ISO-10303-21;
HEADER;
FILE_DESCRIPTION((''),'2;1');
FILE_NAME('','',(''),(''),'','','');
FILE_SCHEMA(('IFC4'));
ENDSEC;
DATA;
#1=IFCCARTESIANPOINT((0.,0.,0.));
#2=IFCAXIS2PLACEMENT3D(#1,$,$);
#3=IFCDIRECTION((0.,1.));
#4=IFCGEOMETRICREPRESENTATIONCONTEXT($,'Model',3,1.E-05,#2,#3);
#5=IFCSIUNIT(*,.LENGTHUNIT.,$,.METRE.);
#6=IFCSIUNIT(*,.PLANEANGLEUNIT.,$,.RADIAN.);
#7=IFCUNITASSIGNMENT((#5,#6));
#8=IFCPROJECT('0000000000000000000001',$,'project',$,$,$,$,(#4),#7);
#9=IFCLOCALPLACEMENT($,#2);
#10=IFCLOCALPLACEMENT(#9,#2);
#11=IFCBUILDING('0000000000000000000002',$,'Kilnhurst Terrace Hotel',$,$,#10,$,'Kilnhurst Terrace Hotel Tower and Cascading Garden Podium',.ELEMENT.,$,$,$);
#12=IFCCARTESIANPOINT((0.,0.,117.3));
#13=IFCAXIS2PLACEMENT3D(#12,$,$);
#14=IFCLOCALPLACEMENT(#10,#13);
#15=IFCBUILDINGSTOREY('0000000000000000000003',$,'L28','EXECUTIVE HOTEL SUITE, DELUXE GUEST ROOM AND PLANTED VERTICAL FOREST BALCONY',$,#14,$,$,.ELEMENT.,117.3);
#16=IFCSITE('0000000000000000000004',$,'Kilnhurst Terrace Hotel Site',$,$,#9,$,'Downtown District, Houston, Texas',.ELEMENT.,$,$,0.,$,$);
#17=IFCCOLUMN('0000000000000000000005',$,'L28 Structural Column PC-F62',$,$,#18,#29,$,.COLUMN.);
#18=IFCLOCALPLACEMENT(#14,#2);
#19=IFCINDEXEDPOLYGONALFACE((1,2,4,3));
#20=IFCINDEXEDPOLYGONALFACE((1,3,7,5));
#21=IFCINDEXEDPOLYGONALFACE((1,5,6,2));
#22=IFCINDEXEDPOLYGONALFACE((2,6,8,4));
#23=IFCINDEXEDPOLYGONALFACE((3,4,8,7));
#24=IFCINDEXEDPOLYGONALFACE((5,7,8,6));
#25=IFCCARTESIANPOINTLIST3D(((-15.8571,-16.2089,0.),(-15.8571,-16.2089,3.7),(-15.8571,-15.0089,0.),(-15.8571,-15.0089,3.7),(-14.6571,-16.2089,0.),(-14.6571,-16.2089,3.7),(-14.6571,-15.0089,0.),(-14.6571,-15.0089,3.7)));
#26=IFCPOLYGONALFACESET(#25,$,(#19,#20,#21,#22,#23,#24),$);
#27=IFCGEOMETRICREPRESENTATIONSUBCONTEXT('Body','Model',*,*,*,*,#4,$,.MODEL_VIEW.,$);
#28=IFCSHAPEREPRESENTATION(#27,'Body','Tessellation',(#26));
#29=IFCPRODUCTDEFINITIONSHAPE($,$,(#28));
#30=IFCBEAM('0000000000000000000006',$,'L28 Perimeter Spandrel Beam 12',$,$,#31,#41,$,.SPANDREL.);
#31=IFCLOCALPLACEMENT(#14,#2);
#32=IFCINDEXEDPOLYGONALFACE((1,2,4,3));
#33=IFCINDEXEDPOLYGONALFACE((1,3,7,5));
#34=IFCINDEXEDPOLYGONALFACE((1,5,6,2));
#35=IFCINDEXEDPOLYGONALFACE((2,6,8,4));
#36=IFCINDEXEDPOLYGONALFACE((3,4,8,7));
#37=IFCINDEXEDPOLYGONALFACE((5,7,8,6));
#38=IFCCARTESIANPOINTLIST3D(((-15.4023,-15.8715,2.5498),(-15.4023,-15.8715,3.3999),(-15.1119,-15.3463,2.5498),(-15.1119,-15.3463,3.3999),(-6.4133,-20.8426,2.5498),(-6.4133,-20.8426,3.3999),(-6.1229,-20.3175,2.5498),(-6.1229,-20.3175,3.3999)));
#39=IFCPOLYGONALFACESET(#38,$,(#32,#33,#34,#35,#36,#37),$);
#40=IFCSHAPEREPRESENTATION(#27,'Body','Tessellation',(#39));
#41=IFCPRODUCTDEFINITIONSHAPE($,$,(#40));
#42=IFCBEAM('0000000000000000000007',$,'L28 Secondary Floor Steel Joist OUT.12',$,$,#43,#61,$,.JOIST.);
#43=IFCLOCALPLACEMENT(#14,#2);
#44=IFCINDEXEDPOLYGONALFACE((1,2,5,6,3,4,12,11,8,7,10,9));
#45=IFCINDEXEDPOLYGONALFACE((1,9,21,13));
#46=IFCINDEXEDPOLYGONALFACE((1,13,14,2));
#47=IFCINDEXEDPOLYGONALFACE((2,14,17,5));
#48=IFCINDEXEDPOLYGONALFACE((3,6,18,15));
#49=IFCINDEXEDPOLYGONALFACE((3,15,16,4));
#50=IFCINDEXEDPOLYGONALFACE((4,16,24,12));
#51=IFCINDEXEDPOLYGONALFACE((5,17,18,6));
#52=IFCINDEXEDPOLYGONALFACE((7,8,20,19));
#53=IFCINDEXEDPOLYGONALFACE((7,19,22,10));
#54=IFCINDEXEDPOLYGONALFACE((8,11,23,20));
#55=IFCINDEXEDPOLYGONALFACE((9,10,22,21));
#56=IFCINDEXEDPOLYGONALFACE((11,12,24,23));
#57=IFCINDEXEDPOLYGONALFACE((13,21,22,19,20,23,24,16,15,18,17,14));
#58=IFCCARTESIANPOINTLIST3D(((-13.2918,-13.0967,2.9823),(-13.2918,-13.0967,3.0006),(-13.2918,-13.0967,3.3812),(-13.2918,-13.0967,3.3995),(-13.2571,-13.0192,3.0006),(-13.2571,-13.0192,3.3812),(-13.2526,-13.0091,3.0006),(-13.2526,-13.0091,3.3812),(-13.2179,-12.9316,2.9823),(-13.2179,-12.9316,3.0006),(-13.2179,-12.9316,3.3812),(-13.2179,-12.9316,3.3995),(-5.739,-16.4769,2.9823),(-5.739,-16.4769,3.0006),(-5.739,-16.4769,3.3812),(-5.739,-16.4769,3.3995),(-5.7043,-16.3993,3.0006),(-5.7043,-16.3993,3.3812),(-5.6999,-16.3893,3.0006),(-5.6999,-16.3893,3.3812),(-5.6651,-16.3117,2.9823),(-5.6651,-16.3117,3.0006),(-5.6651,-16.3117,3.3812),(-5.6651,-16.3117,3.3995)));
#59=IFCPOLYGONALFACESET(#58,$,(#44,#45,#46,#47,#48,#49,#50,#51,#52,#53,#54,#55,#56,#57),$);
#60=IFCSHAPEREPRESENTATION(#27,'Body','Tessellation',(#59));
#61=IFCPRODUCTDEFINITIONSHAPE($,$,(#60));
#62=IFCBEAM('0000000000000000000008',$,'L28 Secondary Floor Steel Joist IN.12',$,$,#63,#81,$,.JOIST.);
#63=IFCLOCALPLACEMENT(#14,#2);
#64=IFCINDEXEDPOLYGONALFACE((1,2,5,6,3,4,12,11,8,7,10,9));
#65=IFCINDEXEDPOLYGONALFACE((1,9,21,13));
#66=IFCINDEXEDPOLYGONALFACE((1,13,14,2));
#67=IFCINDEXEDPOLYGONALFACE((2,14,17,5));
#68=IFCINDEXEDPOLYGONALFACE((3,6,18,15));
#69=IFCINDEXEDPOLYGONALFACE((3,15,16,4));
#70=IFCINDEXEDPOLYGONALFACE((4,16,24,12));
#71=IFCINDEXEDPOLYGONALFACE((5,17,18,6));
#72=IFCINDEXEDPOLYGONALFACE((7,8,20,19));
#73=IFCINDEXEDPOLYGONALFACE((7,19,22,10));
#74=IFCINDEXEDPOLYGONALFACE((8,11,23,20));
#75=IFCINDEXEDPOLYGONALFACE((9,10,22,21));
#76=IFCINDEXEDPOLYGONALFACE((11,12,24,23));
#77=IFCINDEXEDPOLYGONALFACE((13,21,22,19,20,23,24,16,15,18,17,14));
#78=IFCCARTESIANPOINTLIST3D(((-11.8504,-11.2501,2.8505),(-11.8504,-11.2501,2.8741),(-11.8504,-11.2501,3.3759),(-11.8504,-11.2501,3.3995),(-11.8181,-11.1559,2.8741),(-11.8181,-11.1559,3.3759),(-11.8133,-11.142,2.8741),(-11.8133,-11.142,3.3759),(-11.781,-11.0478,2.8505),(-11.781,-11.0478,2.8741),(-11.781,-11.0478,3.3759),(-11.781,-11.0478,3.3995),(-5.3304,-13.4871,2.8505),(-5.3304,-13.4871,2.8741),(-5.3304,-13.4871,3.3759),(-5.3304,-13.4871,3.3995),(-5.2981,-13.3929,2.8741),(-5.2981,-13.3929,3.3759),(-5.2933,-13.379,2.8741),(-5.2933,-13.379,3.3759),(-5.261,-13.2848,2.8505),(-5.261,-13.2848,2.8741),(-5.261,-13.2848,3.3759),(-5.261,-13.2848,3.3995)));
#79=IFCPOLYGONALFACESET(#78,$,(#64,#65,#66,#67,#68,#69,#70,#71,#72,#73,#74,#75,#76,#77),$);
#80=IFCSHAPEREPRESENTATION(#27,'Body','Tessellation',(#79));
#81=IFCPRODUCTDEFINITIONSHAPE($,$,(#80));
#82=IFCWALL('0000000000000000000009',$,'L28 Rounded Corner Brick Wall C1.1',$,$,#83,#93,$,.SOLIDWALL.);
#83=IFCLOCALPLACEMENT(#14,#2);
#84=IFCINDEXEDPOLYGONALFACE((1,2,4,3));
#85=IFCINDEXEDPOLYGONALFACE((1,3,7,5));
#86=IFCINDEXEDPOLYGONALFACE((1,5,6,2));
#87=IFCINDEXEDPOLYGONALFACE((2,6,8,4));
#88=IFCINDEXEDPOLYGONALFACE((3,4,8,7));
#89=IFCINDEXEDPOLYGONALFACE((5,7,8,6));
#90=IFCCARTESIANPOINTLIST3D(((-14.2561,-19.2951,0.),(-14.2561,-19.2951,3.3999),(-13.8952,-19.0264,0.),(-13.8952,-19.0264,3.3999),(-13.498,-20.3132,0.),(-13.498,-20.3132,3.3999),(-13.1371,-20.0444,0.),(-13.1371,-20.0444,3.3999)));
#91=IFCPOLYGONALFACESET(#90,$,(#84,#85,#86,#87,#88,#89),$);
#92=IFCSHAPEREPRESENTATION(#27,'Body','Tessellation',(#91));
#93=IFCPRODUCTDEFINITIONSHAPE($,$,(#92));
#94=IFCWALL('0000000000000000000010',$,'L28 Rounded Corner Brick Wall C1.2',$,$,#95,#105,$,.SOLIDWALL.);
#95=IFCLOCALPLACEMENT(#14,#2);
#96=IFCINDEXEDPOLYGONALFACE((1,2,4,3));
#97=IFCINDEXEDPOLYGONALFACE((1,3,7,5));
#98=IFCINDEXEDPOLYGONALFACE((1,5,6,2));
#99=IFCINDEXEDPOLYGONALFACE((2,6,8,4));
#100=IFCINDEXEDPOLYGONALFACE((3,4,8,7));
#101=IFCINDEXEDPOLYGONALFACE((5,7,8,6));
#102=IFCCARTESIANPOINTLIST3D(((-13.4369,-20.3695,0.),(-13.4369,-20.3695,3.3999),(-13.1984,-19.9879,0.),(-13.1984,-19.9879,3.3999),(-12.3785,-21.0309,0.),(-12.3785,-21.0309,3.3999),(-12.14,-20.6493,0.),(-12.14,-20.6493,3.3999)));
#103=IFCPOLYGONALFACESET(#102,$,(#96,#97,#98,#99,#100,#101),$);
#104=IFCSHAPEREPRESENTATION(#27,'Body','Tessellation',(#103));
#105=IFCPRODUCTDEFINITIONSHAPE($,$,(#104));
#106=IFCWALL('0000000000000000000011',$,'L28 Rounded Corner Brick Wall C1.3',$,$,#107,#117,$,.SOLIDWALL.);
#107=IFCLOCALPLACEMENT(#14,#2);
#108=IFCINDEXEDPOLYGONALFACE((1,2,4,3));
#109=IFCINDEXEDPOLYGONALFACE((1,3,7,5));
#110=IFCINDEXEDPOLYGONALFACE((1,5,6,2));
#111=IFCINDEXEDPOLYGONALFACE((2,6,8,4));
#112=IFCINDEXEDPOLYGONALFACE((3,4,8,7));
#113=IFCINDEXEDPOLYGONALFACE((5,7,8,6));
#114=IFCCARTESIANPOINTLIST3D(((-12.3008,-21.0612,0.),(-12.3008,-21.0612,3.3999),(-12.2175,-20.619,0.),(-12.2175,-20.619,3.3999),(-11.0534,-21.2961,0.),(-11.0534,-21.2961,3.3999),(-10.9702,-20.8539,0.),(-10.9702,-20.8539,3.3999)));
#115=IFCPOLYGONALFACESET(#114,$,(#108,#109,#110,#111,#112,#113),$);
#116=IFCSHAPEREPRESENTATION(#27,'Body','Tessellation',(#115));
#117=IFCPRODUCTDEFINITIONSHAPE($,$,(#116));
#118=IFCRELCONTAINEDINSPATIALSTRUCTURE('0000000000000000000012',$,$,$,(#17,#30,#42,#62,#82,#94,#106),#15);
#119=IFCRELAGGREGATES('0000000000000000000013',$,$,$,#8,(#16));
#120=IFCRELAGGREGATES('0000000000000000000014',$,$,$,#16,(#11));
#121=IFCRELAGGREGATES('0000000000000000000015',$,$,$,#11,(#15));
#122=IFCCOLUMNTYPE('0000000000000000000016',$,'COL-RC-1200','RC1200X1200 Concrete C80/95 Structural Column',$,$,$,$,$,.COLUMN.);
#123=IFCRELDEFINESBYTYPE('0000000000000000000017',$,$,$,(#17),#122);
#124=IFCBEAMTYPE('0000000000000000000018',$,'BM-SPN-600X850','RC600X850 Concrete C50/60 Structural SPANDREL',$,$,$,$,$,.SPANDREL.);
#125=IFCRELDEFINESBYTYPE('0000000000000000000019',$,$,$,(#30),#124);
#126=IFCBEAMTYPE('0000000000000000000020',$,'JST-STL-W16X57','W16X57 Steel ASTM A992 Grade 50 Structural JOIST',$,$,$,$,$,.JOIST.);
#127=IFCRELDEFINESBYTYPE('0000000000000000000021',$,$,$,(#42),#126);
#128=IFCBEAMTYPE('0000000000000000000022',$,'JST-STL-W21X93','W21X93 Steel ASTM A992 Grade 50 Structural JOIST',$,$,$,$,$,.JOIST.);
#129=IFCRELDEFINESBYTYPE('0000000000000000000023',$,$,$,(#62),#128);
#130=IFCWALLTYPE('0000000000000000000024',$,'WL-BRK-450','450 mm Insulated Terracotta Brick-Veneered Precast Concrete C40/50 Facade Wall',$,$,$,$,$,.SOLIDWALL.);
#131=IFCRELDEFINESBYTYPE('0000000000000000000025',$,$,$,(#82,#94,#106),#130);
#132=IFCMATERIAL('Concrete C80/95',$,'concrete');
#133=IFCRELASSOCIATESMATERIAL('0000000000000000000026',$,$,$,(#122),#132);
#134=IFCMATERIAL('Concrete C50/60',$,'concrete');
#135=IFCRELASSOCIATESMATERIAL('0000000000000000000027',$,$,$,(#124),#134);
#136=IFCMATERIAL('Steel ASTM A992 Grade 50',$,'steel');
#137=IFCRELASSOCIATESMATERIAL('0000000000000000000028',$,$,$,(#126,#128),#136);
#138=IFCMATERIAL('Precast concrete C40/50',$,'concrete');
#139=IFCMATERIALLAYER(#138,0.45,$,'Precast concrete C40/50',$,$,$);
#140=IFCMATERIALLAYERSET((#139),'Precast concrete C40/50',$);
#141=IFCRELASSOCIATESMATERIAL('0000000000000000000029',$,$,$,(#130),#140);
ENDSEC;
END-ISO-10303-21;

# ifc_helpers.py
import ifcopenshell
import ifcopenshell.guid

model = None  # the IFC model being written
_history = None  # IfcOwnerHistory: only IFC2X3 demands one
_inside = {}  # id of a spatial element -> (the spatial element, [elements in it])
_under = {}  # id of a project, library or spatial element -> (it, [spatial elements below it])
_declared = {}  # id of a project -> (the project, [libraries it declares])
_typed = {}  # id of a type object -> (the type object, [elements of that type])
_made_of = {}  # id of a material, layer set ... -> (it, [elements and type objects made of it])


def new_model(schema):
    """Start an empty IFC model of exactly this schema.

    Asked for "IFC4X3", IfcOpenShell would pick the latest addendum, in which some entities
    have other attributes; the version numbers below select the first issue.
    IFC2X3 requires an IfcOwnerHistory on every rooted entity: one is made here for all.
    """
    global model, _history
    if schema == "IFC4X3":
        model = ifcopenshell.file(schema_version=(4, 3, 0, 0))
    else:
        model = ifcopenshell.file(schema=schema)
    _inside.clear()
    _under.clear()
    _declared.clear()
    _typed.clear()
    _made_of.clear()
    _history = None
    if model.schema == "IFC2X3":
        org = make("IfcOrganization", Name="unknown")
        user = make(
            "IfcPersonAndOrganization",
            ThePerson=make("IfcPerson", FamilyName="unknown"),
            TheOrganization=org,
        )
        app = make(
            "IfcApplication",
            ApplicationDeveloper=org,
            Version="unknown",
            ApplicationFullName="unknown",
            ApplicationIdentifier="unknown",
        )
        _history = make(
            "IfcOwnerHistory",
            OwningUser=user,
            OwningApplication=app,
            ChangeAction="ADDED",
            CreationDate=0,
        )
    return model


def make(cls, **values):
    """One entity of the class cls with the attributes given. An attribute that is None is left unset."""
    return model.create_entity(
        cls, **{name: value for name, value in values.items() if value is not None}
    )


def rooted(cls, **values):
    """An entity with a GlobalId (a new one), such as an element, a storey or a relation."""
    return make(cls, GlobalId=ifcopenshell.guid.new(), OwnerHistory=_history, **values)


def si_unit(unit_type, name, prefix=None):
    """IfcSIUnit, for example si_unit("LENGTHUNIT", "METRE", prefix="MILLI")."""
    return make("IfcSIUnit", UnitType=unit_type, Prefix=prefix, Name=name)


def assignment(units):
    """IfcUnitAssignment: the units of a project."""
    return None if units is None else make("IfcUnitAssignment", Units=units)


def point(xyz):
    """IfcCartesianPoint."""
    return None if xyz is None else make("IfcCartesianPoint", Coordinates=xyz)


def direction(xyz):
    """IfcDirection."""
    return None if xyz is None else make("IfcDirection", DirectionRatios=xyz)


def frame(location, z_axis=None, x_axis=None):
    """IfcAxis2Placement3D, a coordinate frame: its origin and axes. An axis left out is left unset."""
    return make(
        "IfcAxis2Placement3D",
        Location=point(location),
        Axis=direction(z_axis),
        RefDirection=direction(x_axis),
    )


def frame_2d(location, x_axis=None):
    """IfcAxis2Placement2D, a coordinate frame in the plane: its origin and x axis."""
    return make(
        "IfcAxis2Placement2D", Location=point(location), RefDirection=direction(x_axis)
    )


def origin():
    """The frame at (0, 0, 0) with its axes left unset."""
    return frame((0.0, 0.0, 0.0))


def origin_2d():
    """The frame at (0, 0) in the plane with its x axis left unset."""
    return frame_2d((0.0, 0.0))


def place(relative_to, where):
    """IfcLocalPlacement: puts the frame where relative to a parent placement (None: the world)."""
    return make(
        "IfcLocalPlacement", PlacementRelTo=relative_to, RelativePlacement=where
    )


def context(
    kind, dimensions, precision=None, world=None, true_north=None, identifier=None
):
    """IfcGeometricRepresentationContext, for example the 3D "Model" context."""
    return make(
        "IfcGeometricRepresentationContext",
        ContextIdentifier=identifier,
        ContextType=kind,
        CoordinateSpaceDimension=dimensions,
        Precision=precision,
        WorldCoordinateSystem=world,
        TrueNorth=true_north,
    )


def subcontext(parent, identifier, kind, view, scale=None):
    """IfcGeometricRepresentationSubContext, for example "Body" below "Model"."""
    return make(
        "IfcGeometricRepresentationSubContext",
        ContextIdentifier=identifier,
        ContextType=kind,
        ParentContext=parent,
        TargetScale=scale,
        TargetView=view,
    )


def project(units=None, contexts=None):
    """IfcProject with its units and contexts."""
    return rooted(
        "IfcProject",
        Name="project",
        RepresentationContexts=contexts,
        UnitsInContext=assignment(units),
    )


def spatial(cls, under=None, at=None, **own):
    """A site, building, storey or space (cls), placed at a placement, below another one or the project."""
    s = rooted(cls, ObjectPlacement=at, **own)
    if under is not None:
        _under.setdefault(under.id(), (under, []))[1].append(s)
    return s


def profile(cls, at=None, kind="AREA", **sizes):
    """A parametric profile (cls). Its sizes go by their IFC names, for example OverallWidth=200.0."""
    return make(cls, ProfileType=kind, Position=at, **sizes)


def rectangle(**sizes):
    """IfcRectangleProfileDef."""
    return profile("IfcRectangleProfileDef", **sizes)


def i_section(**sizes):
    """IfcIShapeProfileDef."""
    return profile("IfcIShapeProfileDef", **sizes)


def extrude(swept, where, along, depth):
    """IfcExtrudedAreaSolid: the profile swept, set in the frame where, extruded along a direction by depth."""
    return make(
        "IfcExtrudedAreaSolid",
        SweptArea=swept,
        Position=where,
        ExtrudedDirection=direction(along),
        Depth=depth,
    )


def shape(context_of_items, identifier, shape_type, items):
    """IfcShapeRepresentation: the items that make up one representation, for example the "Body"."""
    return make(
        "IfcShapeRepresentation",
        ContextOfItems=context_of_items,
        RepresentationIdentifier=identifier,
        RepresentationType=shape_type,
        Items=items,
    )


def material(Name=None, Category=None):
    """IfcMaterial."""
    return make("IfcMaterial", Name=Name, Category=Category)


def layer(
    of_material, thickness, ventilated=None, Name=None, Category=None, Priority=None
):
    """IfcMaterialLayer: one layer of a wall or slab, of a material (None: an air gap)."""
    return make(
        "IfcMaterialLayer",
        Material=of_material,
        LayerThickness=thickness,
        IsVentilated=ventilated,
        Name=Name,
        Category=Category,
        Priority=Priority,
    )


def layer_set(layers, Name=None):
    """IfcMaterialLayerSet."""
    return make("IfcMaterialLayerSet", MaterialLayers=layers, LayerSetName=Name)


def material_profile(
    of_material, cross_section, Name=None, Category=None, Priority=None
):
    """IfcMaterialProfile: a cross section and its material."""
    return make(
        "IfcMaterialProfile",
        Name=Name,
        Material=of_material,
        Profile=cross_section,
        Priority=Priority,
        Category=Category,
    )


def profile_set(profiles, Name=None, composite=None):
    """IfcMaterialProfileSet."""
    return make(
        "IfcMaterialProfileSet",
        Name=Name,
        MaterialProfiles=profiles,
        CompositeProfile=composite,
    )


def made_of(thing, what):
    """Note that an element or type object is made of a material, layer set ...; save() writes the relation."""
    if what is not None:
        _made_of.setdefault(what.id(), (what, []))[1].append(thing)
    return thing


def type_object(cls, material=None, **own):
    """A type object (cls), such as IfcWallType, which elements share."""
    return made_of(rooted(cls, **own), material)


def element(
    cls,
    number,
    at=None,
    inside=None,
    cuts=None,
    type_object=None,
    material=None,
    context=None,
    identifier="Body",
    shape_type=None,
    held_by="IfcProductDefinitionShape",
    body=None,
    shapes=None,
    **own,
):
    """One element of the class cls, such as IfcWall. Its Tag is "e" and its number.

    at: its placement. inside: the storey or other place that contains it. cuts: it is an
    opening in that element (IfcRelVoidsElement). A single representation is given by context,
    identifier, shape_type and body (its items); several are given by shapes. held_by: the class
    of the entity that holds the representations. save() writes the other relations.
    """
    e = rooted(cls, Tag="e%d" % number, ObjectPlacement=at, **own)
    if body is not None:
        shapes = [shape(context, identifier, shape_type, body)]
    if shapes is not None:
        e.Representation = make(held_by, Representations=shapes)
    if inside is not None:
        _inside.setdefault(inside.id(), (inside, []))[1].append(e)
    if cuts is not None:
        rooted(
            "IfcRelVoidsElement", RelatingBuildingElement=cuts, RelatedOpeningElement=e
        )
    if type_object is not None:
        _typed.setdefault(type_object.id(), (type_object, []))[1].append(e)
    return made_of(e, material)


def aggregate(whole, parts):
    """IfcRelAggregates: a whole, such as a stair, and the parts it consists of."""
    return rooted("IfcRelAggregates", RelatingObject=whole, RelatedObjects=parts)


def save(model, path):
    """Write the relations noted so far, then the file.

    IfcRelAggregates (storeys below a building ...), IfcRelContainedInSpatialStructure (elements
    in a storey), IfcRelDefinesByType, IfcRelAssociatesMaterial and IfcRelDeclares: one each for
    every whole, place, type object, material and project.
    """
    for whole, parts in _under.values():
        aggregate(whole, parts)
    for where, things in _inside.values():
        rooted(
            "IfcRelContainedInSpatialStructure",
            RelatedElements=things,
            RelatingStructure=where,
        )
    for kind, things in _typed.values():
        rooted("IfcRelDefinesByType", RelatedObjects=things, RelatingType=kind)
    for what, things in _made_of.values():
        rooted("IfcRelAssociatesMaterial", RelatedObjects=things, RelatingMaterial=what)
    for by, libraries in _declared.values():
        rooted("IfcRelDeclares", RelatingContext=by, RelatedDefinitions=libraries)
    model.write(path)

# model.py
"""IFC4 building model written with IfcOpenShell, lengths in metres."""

from ifc_helpers import new_model, si_unit, direction, frame, frame_2d, origin, origin_2d, place, context, subcontext, project, spatial, rectangle, i_section, extrude, material, layer, layer_set, material_profile, profile_set, type_object, element, save


model = new_model("IFC4")

# Units and contexts
model_context = context("Model", 3, precision=1e-05, world=origin(), true_north=direction((0.0, 1.0)))
body_context = subcontext(model_context, "Body", "Model", "MODEL_VIEW")
ifc_project = project(units=[si_unit("LENGTHUNIT", "METRE"), si_unit("PLANEANGLEUNIT", "RADIAN")], contexts=[model_context])

# Site, building, storey
site_placement = place(None, origin())
site = spatial("IfcSite", under=ifc_project, at=site_placement, Name="Kilnhurst Terrace Hotel Site", LongName="Downtown District, Houston, Texas", CompositionType="ELEMENT", RefElevation=0.0)
building_placement = place(site_placement, origin())
building = spatial("IfcBuilding", under=site, at=building_placement, Name="Kilnhurst Terrace Hotel", LongName="Kilnhurst Terrace Hotel Tower and Cascading Garden Podium", CompositionType="ELEMENT")
storey_placement = place(building_placement, frame((0.0, 0.0, 117.3)))
storey = spatial("IfcBuildingStorey", under=building, at=storey_placement, Name="L28", Description="EXECUTIVE HOTEL SUITE, DELUXE GUEST ROOM AND PLANTED VERTICAL FOREST BALCONY", CompositionType="ELEMENT", Elevation=117.3)

# Column
ifc_material_1 = material(Name="Concrete C80/95", Category="concrete")
ifc_material_profile_1 = material_profile(ifc_material_1, rectangle(XDim=1.2, YDim=1.2, at=origin_2d()), Name="RC1200X1200")
ifc_profile_set_1 = profile_set([ifc_material_profile_1], Name="Concrete C80/95")
column_type = type_object("IfcColumnType", Name="COL-RC-1200", Description="RC1200X1200 Concrete C80/95 Structural Column", PredefinedType="COLUMN", material=ifc_profile_set_1)
column_placement = place(storey_placement, frame((-15.2571, -15.6089, 0.0), z_axis=(0.0, 0.0, 1.0), x_axis=(1.0, 0.0, 0.0)))
element("IfcColumn", 1, at=column_placement, inside=storey, type_object=column_type, Name="L28 Structural Column PC-F62", PredefinedType="COLUMN", context=body_context, shape_type="SweptSolid", body=[
    extrude(rectangle(XDim=1.2, YDim=1.2, at=origin_2d()), origin(), (0.0, 0.0, 1.0), 3.7),
])

# Beams
ifc_material_2 = material(Name="Concrete C50/60", Category="concrete")
ifc_material_profile_2 = material_profile(ifc_material_2, rectangle(XDim=0.6001, YDim=0.8501, at=origin_2d()), Name="RC600X850")
ifc_profile_set_2 = profile_set([ifc_material_profile_2], Name="Concrete C50/60")
beam_type_1 = type_object("IfcBeamType", Name="BM-SPN-600X850", Description="RC600X850 Concrete C50/60 Structural SPANDREL", PredefinedType="SPANDREL", material=ifc_profile_set_2)
beam_1_placement = place(storey_placement, frame((-15.2571, -15.6089, 2.9749), z_axis=(0.875094, -0.483953, 0.0), x_axis=(0.483953, 0.875094, 0.0)))
element("IfcBeam", 2, at=beam_1_placement, inside=storey, type_object=beam_type_1, Name="L28 Perimeter Spandrel Beam 12", PredefinedType="SPANDREL", context=body_context, shape_type="SweptSolid", body=[
    extrude(rectangle(XDim=0.6001, YDim=0.8501, at=origin_2d()), origin(), (0.0, 0.0, 1.0), 10.272),
])
ifc_material_3 = material(Name="Steel ASTM A992 Grade 50", Category="steel")
ifc_material_profile_3 = material_profile(ifc_material_3, i_section(OverallWidth=0.1809, OverallDepth=0.4172, WebThickness=0.011, FlangeThickness=0.0183, at=origin_2d()), Name="W16X57")
ifc_profile_set_3 = profile_set([ifc_material_profile_3], Name="Steel ASTM A992 Grade 50")
beam_type_2 = type_object("IfcBeamType", Name="JST-STL-W16X57", Description="W16X57 Steel ASTM A992 Grade 50 Structural JOIST", PredefinedType="JOIST", material=ifc_profile_set_3)
beam_2_placement = place(storey_placement, frame((-13.2549, -13.0142, 3.1909), z_axis=(0.912761, -0.408494, 0.0), x_axis=(0.408494, 0.912761, 0.0)))
element("IfcBeam", 3, at=beam_2_placement, inside=storey, type_object=beam_type_2, Name="L28 Secondary Floor Steel Joist OUT.12", PredefinedType="JOIST", context=body_context, shape_type="SweptSolid", body=[
    extrude(i_section(OverallWidth=0.1809, OverallDepth=0.4172, WebThickness=0.011, FlangeThickness=0.0183, at=origin_2d()), origin(), (0.0, 0.0, 1.0), 8.2747),
])
ifc_material_profile_4 = material_profile(ifc_material_3, i_section(OverallWidth=0.2139, OverallDepth=0.5491, WebThickness=0.0146, FlangeThickness=0.0237, at=origin_2d()), Name="W21X93")
ifc_profile_set_4 = profile_set([ifc_material_profile_4], Name="Steel ASTM A992 Grade 50")
beam_type_3 = type_object("IfcBeamType", Name="JST-STL-W21X93", Description="W21X93 Steel ASTM A992 Grade 50 Structural JOIST", PredefinedType="JOIST", material=ifc_profile_set_4)
beam_3_placement = place(storey_placement, frame((-11.8157, -11.1489, 3.125), z_axis=(0.945874, -0.324535, 0.0), x_axis=(0.324535, 0.945874, 0.0)))
element("IfcBeam", 4, at=beam_3_placement, inside=storey, type_object=beam_type_3, Name="L28 Secondary Floor Steel Joist IN.12", PredefinedType="JOIST", context=body_context, shape_type="SweptSolid", body=[
    extrude(i_section(OverallWidth=0.2139, OverallDepth=0.5491, WebThickness=0.0146, FlangeThickness=0.0237, at=origin_2d()), origin(), (0.0, 0.0, 1.0), 6.8931),
])

# Walls
ifc_material_4 = material(Name="Precast concrete C40/50", Category="concrete")
ifc_layer_1 = layer(ifc_material_4, 0.45, Name="Precast concrete C40/50")
ifc_layer_set_1 = layer_set([ifc_layer_1], Name="Precast concrete C40/50")
wall_type_1 = type_object("IfcWallType", Name="WL-BRK-450", Description="450 mm Insulated Terracotta Brick-Veneered Precast Concrete C40/50 Facade Wall", PredefinedType="SOLIDWALL", material=ifc_layer_set_1)
wall_1_placement = place(storey_placement, frame((-14.0757, -19.1606, 0.0), z_axis=(0.0, 0.0, 1.0), x_axis=(0.597227, -0.802073, 0.0)))
element("IfcWall", 5, at=wall_1_placement, inside=storey, type_object=wall_type_1, Name="L28 Rounded Corner Brick Wall C1.1", PredefinedType="SOLIDWALL", context=body_context, shape_type="SweptSolid", body=[
    extrude(rectangle(XDim=1.2693, YDim=0.45, at=frame_2d((0.6348, 0.0))), origin(), (0.0, 0.0, 1.0), 3.3999),
])
wall_2_placement = place(storey_placement, frame((-13.3176, -20.1787, 0.0), z_axis=(0.0, 0.0, 1.0), x_axis=(0.848031, -0.529946, 0.0)))
element("IfcWall", 6, at=wall_2_placement, inside=storey, type_object=wall_type_1, Name="L28 Rounded Corner Brick Wall C1.2", PredefinedType="SOLIDWALL", context=body_context, shape_type="SweptSolid", body=[
    extrude(rectangle(XDim=1.248, YDim=0.45, at=frame_2d((0.624, 0.0))), origin(), (0.0, 0.0, 1.0), 3.3999),
])
wall_3_placement = place(storey_placement, frame((-12.2593, -20.8401, 0.0), z_axis=(0.0, 0.0, 1.0), x_axis=(0.98273, -0.185043, 0.0)))
element("IfcWall", 7, at=wall_3_placement, inside=storey, type_object=wall_type_1, Name="L28 Rounded Corner Brick Wall C1.3", PredefinedType="SOLIDWALL", context=body_context, shape_type="SweptSolid", body=[
    extrude(rectangle(XDim=1.2693, YDim=0.45, at=frame_2d((0.6348, 0.0))), origin(), (0.0, 0.0, 1.0), 3.3999),
])

save(model, "model.ifc")
